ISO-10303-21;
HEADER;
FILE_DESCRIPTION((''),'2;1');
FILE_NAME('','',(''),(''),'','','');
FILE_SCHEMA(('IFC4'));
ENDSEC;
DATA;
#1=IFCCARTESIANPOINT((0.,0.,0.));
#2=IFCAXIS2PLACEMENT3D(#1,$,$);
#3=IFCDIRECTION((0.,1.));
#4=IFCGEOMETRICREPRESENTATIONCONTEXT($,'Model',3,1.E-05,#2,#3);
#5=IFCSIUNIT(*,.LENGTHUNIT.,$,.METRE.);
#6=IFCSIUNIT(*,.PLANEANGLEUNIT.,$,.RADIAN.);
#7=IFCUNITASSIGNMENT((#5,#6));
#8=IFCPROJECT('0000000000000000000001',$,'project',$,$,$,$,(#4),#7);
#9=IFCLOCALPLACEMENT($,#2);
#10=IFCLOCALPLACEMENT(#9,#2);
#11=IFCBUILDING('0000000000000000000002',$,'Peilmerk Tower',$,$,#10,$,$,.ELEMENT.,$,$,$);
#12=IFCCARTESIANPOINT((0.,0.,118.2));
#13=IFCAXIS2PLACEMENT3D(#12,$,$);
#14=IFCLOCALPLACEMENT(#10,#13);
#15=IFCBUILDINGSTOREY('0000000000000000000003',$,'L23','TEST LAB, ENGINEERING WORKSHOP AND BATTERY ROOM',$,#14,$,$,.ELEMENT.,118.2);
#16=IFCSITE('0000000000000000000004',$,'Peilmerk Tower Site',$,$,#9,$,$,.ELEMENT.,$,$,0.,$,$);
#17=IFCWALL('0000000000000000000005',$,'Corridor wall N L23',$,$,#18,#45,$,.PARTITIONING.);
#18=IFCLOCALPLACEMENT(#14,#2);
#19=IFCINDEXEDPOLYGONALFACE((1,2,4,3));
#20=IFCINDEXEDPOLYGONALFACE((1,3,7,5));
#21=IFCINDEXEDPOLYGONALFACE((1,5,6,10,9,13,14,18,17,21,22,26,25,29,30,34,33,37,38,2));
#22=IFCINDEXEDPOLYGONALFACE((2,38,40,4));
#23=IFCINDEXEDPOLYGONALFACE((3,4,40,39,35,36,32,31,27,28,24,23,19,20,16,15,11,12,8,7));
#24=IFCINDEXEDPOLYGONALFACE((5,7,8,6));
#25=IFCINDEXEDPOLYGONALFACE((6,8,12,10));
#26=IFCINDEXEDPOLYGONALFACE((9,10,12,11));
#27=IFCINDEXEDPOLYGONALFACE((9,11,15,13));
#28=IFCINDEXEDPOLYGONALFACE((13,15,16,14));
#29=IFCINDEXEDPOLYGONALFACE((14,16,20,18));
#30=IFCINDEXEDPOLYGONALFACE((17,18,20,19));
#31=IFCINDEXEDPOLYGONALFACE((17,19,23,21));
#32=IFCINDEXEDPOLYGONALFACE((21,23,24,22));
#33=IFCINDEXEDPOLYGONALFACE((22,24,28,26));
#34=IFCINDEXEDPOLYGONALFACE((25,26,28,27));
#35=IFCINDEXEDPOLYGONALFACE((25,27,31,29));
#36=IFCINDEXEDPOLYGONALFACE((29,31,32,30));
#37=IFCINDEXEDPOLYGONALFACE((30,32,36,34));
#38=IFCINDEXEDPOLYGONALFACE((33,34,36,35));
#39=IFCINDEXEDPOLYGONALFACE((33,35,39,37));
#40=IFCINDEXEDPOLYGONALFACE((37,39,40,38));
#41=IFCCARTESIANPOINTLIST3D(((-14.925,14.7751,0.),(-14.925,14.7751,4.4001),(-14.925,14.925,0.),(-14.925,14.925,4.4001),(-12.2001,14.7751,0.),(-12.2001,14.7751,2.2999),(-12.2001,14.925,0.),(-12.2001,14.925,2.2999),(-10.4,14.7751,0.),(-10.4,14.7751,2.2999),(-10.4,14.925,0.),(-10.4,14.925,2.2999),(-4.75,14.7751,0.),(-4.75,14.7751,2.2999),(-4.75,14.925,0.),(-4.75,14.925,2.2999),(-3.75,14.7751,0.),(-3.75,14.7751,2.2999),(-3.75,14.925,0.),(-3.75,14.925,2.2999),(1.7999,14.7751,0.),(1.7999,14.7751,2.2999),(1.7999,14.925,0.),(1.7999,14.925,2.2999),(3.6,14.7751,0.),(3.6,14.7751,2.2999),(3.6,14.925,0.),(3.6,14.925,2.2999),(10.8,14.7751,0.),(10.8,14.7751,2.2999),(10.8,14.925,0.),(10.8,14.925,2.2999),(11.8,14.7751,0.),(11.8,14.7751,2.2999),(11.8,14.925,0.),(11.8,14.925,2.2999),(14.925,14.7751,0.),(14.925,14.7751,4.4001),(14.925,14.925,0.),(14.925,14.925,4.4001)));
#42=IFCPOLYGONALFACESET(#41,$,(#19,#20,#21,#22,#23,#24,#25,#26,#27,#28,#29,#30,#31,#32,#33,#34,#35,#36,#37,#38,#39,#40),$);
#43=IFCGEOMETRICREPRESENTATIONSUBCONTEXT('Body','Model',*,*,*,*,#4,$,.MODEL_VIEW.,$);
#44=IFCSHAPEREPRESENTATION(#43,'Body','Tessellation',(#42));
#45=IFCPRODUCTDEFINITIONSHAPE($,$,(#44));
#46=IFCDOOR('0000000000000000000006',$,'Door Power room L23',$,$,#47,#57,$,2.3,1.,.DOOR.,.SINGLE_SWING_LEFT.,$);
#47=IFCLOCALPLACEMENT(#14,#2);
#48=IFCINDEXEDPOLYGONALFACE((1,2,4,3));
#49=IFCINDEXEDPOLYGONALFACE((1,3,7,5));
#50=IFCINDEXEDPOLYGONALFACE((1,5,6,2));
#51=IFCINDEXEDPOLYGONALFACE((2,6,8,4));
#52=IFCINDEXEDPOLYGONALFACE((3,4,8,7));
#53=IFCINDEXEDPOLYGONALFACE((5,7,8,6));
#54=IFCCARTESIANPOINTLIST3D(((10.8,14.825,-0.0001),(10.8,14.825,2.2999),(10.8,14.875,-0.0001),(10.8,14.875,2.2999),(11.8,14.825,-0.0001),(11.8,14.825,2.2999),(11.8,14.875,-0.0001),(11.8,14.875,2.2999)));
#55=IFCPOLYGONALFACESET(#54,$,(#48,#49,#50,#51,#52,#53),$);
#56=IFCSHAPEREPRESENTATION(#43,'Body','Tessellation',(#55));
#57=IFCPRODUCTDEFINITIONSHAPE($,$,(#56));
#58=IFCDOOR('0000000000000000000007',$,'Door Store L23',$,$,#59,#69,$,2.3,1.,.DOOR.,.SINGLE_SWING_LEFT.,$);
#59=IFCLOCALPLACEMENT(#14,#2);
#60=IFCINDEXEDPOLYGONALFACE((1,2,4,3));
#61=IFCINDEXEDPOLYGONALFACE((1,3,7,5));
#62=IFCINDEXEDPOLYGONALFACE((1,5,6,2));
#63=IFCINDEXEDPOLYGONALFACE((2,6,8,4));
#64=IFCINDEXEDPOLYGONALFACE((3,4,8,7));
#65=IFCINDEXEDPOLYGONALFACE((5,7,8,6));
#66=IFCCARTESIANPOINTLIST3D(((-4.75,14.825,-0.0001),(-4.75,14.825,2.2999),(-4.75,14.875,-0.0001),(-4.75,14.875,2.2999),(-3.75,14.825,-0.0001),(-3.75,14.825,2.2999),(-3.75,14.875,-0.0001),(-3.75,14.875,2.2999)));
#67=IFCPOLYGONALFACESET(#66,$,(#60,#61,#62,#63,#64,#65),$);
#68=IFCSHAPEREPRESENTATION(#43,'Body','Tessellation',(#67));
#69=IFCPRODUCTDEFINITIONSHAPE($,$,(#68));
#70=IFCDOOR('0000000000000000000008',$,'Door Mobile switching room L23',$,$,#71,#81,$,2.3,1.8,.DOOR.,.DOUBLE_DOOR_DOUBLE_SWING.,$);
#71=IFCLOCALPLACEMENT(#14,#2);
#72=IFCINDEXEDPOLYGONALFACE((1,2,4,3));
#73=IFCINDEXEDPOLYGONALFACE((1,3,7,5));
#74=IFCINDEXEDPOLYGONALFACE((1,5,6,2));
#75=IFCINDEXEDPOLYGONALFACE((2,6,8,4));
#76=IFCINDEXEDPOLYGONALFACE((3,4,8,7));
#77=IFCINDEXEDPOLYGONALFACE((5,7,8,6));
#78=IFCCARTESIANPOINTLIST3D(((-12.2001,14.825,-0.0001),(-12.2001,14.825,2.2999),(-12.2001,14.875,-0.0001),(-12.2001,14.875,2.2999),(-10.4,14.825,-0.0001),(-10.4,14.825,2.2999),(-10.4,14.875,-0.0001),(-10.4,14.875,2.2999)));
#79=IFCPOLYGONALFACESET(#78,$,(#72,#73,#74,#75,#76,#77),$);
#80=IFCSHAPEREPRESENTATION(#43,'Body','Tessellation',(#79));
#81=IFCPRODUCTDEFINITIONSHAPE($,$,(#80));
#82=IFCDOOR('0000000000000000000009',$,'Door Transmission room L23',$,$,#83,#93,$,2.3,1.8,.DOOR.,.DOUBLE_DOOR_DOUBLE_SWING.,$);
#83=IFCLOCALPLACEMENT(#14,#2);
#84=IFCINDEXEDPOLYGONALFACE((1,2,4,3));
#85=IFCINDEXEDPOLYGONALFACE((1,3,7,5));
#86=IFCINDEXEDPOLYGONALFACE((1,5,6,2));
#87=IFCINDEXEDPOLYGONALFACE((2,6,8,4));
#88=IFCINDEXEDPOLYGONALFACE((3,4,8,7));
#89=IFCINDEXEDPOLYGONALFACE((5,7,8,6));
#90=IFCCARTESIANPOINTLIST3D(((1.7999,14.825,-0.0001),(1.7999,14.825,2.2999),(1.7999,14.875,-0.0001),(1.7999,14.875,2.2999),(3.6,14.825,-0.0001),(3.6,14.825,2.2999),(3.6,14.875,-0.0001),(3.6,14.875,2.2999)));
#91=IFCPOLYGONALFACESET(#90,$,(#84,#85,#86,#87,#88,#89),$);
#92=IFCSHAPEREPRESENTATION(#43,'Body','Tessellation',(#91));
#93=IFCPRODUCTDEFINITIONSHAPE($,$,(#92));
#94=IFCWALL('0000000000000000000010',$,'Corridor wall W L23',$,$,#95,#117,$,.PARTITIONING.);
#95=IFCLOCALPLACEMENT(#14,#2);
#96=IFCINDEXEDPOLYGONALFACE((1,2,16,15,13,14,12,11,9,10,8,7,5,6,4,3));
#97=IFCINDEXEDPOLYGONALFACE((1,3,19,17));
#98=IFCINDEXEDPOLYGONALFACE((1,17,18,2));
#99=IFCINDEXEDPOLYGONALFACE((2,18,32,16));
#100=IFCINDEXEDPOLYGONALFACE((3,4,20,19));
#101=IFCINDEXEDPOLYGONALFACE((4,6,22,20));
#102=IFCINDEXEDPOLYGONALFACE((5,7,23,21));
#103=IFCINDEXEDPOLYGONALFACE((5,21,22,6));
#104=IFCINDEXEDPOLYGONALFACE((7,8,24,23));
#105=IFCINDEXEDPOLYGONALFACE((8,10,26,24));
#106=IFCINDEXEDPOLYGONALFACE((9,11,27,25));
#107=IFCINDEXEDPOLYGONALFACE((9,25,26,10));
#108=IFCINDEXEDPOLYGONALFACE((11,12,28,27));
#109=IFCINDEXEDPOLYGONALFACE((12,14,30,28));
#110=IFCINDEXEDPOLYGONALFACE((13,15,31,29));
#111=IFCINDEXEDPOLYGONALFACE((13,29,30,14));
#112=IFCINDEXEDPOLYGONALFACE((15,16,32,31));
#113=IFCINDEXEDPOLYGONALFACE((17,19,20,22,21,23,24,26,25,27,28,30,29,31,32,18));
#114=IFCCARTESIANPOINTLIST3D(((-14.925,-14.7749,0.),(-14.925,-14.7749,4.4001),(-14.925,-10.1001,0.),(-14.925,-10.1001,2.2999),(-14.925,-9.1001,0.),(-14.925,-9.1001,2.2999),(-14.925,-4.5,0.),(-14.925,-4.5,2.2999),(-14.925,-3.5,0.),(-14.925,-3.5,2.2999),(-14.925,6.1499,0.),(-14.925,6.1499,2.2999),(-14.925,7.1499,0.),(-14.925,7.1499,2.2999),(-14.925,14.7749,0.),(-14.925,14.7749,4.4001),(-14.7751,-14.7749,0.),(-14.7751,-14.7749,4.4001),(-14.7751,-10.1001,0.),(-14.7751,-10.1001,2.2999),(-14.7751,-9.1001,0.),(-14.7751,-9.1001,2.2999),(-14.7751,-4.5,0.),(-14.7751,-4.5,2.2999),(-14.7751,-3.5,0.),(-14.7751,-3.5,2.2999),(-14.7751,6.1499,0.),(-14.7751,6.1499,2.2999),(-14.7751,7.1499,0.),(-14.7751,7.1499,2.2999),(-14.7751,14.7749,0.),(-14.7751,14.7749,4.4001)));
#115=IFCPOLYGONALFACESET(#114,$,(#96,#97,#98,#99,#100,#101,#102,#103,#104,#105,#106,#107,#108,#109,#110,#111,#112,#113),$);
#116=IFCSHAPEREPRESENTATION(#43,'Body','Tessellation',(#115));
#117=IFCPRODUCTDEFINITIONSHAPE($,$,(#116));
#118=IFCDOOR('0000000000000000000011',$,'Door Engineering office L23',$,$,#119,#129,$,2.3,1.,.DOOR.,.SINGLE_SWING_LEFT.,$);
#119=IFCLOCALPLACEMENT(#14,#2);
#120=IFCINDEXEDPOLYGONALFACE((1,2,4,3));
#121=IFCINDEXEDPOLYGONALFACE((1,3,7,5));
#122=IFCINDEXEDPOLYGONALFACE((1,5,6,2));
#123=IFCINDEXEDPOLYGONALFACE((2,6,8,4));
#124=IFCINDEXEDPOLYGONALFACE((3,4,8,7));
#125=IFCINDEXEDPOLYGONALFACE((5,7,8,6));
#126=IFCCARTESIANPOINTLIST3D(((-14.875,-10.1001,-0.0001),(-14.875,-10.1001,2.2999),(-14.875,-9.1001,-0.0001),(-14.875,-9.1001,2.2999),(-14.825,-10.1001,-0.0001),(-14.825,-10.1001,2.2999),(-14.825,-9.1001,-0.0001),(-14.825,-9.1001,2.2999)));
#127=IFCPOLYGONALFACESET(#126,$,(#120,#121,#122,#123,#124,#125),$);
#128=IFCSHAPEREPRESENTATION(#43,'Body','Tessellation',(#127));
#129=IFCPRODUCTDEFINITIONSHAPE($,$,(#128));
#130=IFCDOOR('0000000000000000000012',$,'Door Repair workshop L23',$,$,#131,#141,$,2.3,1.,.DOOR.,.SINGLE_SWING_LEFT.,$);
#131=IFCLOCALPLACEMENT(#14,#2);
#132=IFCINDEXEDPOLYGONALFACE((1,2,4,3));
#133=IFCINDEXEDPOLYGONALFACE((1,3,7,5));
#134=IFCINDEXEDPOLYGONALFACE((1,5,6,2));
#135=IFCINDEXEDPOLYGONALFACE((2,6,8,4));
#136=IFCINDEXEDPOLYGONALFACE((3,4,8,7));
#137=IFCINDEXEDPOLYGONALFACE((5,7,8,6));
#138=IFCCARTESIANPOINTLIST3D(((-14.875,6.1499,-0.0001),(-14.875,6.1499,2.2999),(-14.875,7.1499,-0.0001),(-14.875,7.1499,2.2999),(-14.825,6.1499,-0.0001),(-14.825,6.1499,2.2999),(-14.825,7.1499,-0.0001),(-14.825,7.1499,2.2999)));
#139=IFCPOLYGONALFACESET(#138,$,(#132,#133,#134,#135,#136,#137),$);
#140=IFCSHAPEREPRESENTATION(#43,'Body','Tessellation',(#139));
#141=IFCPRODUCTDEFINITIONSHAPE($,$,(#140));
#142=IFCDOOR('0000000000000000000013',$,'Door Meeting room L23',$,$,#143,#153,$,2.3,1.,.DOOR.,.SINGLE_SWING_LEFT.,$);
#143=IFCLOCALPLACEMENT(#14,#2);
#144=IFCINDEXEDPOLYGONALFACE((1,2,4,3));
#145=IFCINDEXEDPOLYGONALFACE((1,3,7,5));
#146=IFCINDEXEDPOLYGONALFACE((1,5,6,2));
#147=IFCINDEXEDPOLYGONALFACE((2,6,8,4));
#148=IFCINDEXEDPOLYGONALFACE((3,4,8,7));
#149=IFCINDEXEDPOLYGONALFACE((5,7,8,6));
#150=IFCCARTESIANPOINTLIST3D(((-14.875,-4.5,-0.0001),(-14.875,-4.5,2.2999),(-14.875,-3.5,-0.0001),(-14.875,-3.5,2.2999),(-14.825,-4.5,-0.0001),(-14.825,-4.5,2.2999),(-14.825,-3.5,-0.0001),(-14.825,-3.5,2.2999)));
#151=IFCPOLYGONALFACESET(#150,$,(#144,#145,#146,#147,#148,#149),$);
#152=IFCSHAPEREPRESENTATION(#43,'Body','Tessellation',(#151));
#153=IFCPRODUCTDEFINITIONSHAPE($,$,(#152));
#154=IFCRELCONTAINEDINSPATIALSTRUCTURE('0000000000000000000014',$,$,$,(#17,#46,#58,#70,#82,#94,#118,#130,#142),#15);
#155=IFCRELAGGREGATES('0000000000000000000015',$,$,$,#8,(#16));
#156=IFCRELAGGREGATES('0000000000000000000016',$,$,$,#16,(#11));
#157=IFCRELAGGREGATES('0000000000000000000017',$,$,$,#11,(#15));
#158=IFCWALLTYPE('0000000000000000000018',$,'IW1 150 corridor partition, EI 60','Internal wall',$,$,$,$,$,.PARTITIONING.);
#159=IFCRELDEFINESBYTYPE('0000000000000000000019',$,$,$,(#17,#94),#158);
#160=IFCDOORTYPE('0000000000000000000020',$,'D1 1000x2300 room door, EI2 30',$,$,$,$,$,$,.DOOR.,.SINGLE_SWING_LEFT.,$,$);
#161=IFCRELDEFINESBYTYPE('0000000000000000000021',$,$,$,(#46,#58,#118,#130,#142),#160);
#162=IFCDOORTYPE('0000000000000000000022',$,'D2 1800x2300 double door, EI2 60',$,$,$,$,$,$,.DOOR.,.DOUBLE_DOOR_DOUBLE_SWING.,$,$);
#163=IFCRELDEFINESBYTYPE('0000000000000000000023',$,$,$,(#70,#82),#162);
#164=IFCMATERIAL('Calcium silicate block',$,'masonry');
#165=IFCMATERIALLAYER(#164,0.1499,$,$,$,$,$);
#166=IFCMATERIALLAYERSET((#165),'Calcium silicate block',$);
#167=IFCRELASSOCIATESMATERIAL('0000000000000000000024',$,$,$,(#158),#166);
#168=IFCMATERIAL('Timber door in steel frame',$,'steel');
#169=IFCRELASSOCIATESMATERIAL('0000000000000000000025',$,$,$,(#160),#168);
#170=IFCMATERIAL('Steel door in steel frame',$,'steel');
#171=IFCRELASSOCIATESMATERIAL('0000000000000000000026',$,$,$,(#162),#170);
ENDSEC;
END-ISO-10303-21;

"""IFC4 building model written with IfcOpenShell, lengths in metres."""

from ifc_helpers import new_model, si_unit, direction, frame, frame_2d, origin, place, context, subcontext, project, spatial, rectangle, extrude, material, layer, layer_set, type_object, element, fill, save


model = new_model("IFC4")

# Units and contexts
model_context = context("Model", 3, precision=1e-05, world=origin(), true_north=direction((0.0, 1.0)))
body_context = subcontext(model_context, "Body", "Model", "MODEL_VIEW")
ifc_project = project(units=[si_unit("LENGTHUNIT", "METRE"), si_unit("PLANEANGLEUNIT", "RADIAN")], contexts=[model_context])

# Site, building, storey
site_placement = place(None, origin())
site = spatial("IfcSite", under=ifc_project, at=site_placement, Name="Peilmerk Tower Site", CompositionType="ELEMENT", RefElevation=0.0)
building_placement = place(site_placement, origin())
building = spatial("IfcBuilding", under=site, at=building_placement, Name="Peilmerk Tower", CompositionType="ELEMENT")
storey_placement = place(building_placement, frame((0.0, 0.0, 118.2)))
storey = spatial("IfcBuildingStorey", under=building, at=storey_placement, Name="L23", Description="TEST LAB, ENGINEERING WORKSHOP AND BATTERY ROOM", CompositionType="ELEMENT", Elevation=118.2)

# Walls, openings, doors
ifc_material_1 = material(Name="Calcium silicate block", Category="masonry")
ifc_layer_1 = layer(ifc_material_1, 0.1499)
ifc_layer_set_1 = layer_set([ifc_layer_1], Name="Calcium silicate block")
wall_type_1 = type_object("IfcWallType", Name="IW1 150 corridor partition, EI 60", Description="Internal wall", PredefinedType="PARTITIONING", material=ifc_layer_set_1)
wall_1_placement = place(storey_placement, frame((-14.925, 14.8501, 0.0), z_axis=(0.0, 0.0, 1.0), x_axis=(1.0, 0.0, 0.0)))
wall_1 = element("IfcWall", 1, at=wall_1_placement, inside=storey, type_object=wall_type_1, Name="Corridor wall N L23", PredefinedType="PARTITIONING", context=body_context, shape_type="SweptSolid", body=[
    extrude(rectangle(XDim=29.8501, YDim=0.1499, at=frame_2d((14.925, 0.0))), origin(), (0.0, 0.0, 1.0), 4.4001),
])
opening_1_placement = place(wall_1_placement, frame((2.7251, 0.0, 0.0)))
opening_1 = element("IfcOpeningElement", 2, at=opening_1_placement, cuts=wall_1, PredefinedType="OPENING", context=body_context, shape_type="SweptSolid", body=[
    extrude(rectangle(XDim=1.8, YDim=2.3, at=frame_2d((0.8999, 1.1499))), frame((0.0, 0.085, 0.0), z_axis=(0.0, -1.0, 0.0), x_axis=(1.0, 0.0, 0.0)), (0.0, 0.0, 1.0), 0.1699),
])
opening_2_placement = place(wall_1_placement, frame((16.7251, 0.0, 0.0)))
opening_2 = element("IfcOpeningElement", 3, at=opening_2_placement, cuts=wall_1, PredefinedType="OPENING", context=body_context, shape_type="SweptSolid", body=[
    extrude(rectangle(XDim=1.8, YDim=2.3, at=frame_2d((0.8999, 1.1499))), frame((0.0, 0.085, 0.0), z_axis=(0.0, -1.0, 0.0), x_axis=(1.0, 0.0, 0.0)), (0.0, 0.0, 1.0), 0.1699),
])
opening_3_placement = place(wall_1_placement, frame((25.7251, 0.0, 0.0)))
opening_3 = element("IfcOpeningElement", 4, at=opening_3_placement, cuts=wall_1, PredefinedType="OPENING", context=body_context, shape_type="SweptSolid", body=[
    extrude(rectangle(XDim=1.0, YDim=2.3, at=frame_2d((0.5, 1.1499))), frame((0.0, 0.085, 0.0), z_axis=(0.0, -1.0, 0.0), x_axis=(1.0, 0.0, 0.0)), (0.0, 0.0, 1.0), 0.1699),
])
opening_4_placement = place(wall_1_placement, frame((10.175, 0.0, 0.0)))
opening_4 = element("IfcOpeningElement", 5, at=opening_4_placement, cuts=wall_1, PredefinedType="OPENING", context=body_context, shape_type="SweptSolid", body=[
    extrude(rectangle(XDim=1.0, YDim=2.3, at=frame_2d((0.5, 1.1499))), frame((0.0, 0.085, 0.0), z_axis=(0.0, -1.0, 0.0), x_axis=(1.0, 0.0, 0.0)), (0.0, 0.0, 1.0), 0.1699),
])
ifc_material_2 = material(Name="Timber door in steel frame", Category="steel")
door_type_1 = type_object("IfcDoorType", Name="D1 1000x2300 room door, EI2 30", OperationType="SINGLE_SWING_LEFT", PredefinedType="DOOR", material=ifc_material_2)
door_1_placement = place(opening_3_placement, origin())
door_1 = element("IfcDoor", 6, at=door_1_placement, inside=storey, type_object=door_type_1, Name="Door Power room L23", OperationType="SINGLE_SWING_LEFT", OverallHeight=2.3, OverallWidth=1.0, PredefinedType="DOOR", context=body_context, shape_type="SweptSolid", body=[
    extrude(rectangle(XDim=1.0, YDim=2.3, at=frame_2d((0.5, 1.1499))), frame((0.0, 0.0249, 0.0), z_axis=(0.0, -1.0, 0.0), x_axis=(1.0, 0.0, 0.0)), (0.0, 0.0, 1.0), 0.05),
])
fill(opening_3, door_1)
door_2_placement = place(opening_4_placement, origin())
door_2 = element("IfcDoor", 7, at=door_2_placement, inside=storey, type_object=door_type_1, Name="Door Store L23", OperationType="SINGLE_SWING_LEFT", OverallHeight=2.3, OverallWidth=1.0, PredefinedType="DOOR", context=body_context, shape_type="SweptSolid", body=[
    extrude(rectangle(XDim=1.0, YDim=2.3, at=frame_2d((0.5, 1.1499))), frame((0.0, 0.0249, 0.0), z_axis=(0.0, -1.0, 0.0), x_axis=(1.0, 0.0, 0.0)), (0.0, 0.0, 1.0), 0.05),
])
fill(opening_4, door_2)
ifc_material_3 = material(Name="Steel door in steel frame", Category="steel")
door_type_2 = type_object("IfcDoorType", Name="D2 1800x2300 double door, EI2 60", OperationType="DOUBLE_DOOR_DOUBLE_SWING", PredefinedType="DOOR", material=ifc_material_3)
door_3_placement = place(opening_1_placement, origin())
door_3 = element("IfcDoor", 8, at=door_3_placement, inside=storey, type_object=door_type_2, Name="Door Mobile switching room L23", OperationType="DOUBLE_DOOR_DOUBLE_SWING", OverallHeight=2.3, OverallWidth=1.8, PredefinedType="DOOR", context=body_context, shape_type="SweptSolid", body=[
    extrude(rectangle(XDim=1.8, YDim=2.3, at=frame_2d((0.8999, 1.1499))), frame((0.0, 0.0249, 0.0), z_axis=(0.0, -1.0, 0.0), x_axis=(1.0, 0.0, 0.0)), (0.0, 0.0, 1.0), 0.05),
])
fill(opening_1, door_3)
door_4_placement = place(opening_2_placement, origin())
door_4 = element("IfcDoor", 9, at=door_4_placement, inside=storey, type_object=door_type_2, Name="Door Transmission room L23", OperationType="DOUBLE_DOOR_DOUBLE_SWING", OverallHeight=2.3, OverallWidth=1.8, PredefinedType="DOOR", context=body_context, shape_type="SweptSolid", body=[
    extrude(rectangle(XDim=1.8, YDim=2.3, at=frame_2d((0.8999, 1.1499))), frame((0.0, 0.0249, 0.0), z_axis=(0.0, -1.0, 0.0), x_axis=(1.0, 0.0, 0.0)), (0.0, 0.0, 1.0), 0.05),
])
fill(opening_2, door_4)
wall_2_placement = place(storey_placement, frame((-14.8501, 14.7749, 0.0), z_axis=(0.0, 0.0, 1.0), x_axis=(0.0, -1.0, 0.0)))
wall_2 = element("IfcWall", 10, at=wall_2_placement, inside=storey, type_object=wall_type_1, Name="Corridor wall W L23", PredefinedType="PARTITIONING", context=body_context, shape_type="SweptSolid", body=[
    extrude(rectangle(XDim=29.5498, YDim=0.1499, at=frame_2d((14.7749, 0.0))), origin(), (0.0, 0.0, 1.0), 4.4001),
])
opening_5_placement = place(wall_2_placement, frame((23.875, 0.0, 0.0)))
opening_5 = element("IfcOpeningElement", 11, at=opening_5_placement, cuts=wall_2, PredefinedType="OPENING", context=body_context, shape_type="SweptSolid", body=[
    extrude(rectangle(XDim=1.0, YDim=2.3, at=frame_2d((0.5, 1.1499))), frame((0.0, 0.085, 0.0), z_axis=(0.0, -1.0, 0.0), x_axis=(1.0, 0.0, 0.0)), (0.0, 0.0, 1.0), 0.1699),
])
opening_6_placement = place(wall_2_placement, frame((7.625, 0.0, 0.0)))
opening_6 = element("IfcOpeningElement", 12, at=opening_6_placement, cuts=wall_2, PredefinedType="OPENING", context=body_context, shape_type="SweptSolid", body=[
    extrude(rectangle(XDim=1.0, YDim=2.3, at=frame_2d((0.5, 1.1499))), frame((0.0, 0.085, 0.0), z_axis=(0.0, -1.0, 0.0), x_axis=(1.0, 0.0, 0.0)), (0.0, 0.0, 1.0), 0.1699),
])
opening_7_placement = place(wall_2_placement, frame((18.2749, 0.0, 0.0)))
opening_7 = element("IfcOpeningElement", 13, at=opening_7_placement, cuts=wall_2, PredefinedType="OPENING", context=body_context, shape_type="SweptSolid", body=[
    extrude(rectangle(XDim=1.0, YDim=2.3, at=frame_2d((0.5, 1.1499))), frame((0.0, 0.085, 0.0), z_axis=(0.0, -1.0, 0.0), x_axis=(1.0, 0.0, 0.0)), (0.0, 0.0, 1.0), 0.1699),
])
door_5_placement = place(opening_5_placement, frame((1.0, 0.0, 0.0), z_axis=(0.0, 0.0, 1.0), x_axis=(-1.0, 0.0, 0.0)))
door_5 = element("IfcDoor", 14, at=door_5_placement, inside=storey, type_object=door_type_1, Name="Door Engineering office L23", OperationType="SINGLE_SWING_LEFT", OverallHeight=2.3, OverallWidth=1.0, PredefinedType="DOOR", context=body_context, shape_type="SweptSolid", body=[
    extrude(rectangle(XDim=1.0, YDim=2.3, at=frame_2d((0.5, 1.1499))), frame((0.0, 0.0249, 0.0), z_axis=(0.0, -1.0, 0.0), x_axis=(1.0, 0.0, 0.0)), (0.0, 0.0, 1.0), 0.05),
])
fill(opening_5, door_5)
door_6_placement = place(opening_6_placement, frame((1.0, 0.0, 0.0), z_axis=(0.0, 0.0, 1.0), x_axis=(-1.0, 0.0, 0.0)))
door_6 = element("IfcDoor", 15, at=door_6_placement, inside=storey, type_object=door_type_1, Name="Door Repair workshop L23", OperationType="SINGLE_SWING_LEFT", OverallHeight=2.3, OverallWidth=1.0, PredefinedType="DOOR", context=body_context, shape_type="SweptSolid", body=[
    extrude(rectangle(XDim=1.0, YDim=2.3, at=frame_2d((0.5, 1.1499))), frame((0.0, 0.0249, 0.0), z_axis=(0.0, -1.0, 0.0), x_axis=(1.0, 0.0, 0.0)), (0.0, 0.0, 1.0), 0.05),
])
fill(opening_6, door_6)
door_7_placement = place(opening_7_placement, frame((1.0, 0.0, 0.0), z_axis=(0.0, 0.0, 1.0), x_axis=(-1.0, 0.0, 0.0)))
door_7 = element("IfcDoor", 16, at=door_7_placement, inside=storey, type_object=door_type_1, Name="Door Meeting room L23", OperationType="SINGLE_SWING_LEFT", OverallHeight=2.3, OverallWidth=1.0, PredefinedType="DOOR", context=body_context, shape_type="SweptSolid", body=[
    extrude(rectangle(XDim=1.0, YDim=2.3, at=frame_2d((0.5, 1.1499))), frame((0.0, 0.0249, 0.0), z_axis=(0.0, -1.0, 0.0), x_axis=(1.0, 0.0, 0.0)), (0.0, 0.0, 1.0), 0.05),
])
fill(opening_7, door_7)

save(model, "model.ifc")
